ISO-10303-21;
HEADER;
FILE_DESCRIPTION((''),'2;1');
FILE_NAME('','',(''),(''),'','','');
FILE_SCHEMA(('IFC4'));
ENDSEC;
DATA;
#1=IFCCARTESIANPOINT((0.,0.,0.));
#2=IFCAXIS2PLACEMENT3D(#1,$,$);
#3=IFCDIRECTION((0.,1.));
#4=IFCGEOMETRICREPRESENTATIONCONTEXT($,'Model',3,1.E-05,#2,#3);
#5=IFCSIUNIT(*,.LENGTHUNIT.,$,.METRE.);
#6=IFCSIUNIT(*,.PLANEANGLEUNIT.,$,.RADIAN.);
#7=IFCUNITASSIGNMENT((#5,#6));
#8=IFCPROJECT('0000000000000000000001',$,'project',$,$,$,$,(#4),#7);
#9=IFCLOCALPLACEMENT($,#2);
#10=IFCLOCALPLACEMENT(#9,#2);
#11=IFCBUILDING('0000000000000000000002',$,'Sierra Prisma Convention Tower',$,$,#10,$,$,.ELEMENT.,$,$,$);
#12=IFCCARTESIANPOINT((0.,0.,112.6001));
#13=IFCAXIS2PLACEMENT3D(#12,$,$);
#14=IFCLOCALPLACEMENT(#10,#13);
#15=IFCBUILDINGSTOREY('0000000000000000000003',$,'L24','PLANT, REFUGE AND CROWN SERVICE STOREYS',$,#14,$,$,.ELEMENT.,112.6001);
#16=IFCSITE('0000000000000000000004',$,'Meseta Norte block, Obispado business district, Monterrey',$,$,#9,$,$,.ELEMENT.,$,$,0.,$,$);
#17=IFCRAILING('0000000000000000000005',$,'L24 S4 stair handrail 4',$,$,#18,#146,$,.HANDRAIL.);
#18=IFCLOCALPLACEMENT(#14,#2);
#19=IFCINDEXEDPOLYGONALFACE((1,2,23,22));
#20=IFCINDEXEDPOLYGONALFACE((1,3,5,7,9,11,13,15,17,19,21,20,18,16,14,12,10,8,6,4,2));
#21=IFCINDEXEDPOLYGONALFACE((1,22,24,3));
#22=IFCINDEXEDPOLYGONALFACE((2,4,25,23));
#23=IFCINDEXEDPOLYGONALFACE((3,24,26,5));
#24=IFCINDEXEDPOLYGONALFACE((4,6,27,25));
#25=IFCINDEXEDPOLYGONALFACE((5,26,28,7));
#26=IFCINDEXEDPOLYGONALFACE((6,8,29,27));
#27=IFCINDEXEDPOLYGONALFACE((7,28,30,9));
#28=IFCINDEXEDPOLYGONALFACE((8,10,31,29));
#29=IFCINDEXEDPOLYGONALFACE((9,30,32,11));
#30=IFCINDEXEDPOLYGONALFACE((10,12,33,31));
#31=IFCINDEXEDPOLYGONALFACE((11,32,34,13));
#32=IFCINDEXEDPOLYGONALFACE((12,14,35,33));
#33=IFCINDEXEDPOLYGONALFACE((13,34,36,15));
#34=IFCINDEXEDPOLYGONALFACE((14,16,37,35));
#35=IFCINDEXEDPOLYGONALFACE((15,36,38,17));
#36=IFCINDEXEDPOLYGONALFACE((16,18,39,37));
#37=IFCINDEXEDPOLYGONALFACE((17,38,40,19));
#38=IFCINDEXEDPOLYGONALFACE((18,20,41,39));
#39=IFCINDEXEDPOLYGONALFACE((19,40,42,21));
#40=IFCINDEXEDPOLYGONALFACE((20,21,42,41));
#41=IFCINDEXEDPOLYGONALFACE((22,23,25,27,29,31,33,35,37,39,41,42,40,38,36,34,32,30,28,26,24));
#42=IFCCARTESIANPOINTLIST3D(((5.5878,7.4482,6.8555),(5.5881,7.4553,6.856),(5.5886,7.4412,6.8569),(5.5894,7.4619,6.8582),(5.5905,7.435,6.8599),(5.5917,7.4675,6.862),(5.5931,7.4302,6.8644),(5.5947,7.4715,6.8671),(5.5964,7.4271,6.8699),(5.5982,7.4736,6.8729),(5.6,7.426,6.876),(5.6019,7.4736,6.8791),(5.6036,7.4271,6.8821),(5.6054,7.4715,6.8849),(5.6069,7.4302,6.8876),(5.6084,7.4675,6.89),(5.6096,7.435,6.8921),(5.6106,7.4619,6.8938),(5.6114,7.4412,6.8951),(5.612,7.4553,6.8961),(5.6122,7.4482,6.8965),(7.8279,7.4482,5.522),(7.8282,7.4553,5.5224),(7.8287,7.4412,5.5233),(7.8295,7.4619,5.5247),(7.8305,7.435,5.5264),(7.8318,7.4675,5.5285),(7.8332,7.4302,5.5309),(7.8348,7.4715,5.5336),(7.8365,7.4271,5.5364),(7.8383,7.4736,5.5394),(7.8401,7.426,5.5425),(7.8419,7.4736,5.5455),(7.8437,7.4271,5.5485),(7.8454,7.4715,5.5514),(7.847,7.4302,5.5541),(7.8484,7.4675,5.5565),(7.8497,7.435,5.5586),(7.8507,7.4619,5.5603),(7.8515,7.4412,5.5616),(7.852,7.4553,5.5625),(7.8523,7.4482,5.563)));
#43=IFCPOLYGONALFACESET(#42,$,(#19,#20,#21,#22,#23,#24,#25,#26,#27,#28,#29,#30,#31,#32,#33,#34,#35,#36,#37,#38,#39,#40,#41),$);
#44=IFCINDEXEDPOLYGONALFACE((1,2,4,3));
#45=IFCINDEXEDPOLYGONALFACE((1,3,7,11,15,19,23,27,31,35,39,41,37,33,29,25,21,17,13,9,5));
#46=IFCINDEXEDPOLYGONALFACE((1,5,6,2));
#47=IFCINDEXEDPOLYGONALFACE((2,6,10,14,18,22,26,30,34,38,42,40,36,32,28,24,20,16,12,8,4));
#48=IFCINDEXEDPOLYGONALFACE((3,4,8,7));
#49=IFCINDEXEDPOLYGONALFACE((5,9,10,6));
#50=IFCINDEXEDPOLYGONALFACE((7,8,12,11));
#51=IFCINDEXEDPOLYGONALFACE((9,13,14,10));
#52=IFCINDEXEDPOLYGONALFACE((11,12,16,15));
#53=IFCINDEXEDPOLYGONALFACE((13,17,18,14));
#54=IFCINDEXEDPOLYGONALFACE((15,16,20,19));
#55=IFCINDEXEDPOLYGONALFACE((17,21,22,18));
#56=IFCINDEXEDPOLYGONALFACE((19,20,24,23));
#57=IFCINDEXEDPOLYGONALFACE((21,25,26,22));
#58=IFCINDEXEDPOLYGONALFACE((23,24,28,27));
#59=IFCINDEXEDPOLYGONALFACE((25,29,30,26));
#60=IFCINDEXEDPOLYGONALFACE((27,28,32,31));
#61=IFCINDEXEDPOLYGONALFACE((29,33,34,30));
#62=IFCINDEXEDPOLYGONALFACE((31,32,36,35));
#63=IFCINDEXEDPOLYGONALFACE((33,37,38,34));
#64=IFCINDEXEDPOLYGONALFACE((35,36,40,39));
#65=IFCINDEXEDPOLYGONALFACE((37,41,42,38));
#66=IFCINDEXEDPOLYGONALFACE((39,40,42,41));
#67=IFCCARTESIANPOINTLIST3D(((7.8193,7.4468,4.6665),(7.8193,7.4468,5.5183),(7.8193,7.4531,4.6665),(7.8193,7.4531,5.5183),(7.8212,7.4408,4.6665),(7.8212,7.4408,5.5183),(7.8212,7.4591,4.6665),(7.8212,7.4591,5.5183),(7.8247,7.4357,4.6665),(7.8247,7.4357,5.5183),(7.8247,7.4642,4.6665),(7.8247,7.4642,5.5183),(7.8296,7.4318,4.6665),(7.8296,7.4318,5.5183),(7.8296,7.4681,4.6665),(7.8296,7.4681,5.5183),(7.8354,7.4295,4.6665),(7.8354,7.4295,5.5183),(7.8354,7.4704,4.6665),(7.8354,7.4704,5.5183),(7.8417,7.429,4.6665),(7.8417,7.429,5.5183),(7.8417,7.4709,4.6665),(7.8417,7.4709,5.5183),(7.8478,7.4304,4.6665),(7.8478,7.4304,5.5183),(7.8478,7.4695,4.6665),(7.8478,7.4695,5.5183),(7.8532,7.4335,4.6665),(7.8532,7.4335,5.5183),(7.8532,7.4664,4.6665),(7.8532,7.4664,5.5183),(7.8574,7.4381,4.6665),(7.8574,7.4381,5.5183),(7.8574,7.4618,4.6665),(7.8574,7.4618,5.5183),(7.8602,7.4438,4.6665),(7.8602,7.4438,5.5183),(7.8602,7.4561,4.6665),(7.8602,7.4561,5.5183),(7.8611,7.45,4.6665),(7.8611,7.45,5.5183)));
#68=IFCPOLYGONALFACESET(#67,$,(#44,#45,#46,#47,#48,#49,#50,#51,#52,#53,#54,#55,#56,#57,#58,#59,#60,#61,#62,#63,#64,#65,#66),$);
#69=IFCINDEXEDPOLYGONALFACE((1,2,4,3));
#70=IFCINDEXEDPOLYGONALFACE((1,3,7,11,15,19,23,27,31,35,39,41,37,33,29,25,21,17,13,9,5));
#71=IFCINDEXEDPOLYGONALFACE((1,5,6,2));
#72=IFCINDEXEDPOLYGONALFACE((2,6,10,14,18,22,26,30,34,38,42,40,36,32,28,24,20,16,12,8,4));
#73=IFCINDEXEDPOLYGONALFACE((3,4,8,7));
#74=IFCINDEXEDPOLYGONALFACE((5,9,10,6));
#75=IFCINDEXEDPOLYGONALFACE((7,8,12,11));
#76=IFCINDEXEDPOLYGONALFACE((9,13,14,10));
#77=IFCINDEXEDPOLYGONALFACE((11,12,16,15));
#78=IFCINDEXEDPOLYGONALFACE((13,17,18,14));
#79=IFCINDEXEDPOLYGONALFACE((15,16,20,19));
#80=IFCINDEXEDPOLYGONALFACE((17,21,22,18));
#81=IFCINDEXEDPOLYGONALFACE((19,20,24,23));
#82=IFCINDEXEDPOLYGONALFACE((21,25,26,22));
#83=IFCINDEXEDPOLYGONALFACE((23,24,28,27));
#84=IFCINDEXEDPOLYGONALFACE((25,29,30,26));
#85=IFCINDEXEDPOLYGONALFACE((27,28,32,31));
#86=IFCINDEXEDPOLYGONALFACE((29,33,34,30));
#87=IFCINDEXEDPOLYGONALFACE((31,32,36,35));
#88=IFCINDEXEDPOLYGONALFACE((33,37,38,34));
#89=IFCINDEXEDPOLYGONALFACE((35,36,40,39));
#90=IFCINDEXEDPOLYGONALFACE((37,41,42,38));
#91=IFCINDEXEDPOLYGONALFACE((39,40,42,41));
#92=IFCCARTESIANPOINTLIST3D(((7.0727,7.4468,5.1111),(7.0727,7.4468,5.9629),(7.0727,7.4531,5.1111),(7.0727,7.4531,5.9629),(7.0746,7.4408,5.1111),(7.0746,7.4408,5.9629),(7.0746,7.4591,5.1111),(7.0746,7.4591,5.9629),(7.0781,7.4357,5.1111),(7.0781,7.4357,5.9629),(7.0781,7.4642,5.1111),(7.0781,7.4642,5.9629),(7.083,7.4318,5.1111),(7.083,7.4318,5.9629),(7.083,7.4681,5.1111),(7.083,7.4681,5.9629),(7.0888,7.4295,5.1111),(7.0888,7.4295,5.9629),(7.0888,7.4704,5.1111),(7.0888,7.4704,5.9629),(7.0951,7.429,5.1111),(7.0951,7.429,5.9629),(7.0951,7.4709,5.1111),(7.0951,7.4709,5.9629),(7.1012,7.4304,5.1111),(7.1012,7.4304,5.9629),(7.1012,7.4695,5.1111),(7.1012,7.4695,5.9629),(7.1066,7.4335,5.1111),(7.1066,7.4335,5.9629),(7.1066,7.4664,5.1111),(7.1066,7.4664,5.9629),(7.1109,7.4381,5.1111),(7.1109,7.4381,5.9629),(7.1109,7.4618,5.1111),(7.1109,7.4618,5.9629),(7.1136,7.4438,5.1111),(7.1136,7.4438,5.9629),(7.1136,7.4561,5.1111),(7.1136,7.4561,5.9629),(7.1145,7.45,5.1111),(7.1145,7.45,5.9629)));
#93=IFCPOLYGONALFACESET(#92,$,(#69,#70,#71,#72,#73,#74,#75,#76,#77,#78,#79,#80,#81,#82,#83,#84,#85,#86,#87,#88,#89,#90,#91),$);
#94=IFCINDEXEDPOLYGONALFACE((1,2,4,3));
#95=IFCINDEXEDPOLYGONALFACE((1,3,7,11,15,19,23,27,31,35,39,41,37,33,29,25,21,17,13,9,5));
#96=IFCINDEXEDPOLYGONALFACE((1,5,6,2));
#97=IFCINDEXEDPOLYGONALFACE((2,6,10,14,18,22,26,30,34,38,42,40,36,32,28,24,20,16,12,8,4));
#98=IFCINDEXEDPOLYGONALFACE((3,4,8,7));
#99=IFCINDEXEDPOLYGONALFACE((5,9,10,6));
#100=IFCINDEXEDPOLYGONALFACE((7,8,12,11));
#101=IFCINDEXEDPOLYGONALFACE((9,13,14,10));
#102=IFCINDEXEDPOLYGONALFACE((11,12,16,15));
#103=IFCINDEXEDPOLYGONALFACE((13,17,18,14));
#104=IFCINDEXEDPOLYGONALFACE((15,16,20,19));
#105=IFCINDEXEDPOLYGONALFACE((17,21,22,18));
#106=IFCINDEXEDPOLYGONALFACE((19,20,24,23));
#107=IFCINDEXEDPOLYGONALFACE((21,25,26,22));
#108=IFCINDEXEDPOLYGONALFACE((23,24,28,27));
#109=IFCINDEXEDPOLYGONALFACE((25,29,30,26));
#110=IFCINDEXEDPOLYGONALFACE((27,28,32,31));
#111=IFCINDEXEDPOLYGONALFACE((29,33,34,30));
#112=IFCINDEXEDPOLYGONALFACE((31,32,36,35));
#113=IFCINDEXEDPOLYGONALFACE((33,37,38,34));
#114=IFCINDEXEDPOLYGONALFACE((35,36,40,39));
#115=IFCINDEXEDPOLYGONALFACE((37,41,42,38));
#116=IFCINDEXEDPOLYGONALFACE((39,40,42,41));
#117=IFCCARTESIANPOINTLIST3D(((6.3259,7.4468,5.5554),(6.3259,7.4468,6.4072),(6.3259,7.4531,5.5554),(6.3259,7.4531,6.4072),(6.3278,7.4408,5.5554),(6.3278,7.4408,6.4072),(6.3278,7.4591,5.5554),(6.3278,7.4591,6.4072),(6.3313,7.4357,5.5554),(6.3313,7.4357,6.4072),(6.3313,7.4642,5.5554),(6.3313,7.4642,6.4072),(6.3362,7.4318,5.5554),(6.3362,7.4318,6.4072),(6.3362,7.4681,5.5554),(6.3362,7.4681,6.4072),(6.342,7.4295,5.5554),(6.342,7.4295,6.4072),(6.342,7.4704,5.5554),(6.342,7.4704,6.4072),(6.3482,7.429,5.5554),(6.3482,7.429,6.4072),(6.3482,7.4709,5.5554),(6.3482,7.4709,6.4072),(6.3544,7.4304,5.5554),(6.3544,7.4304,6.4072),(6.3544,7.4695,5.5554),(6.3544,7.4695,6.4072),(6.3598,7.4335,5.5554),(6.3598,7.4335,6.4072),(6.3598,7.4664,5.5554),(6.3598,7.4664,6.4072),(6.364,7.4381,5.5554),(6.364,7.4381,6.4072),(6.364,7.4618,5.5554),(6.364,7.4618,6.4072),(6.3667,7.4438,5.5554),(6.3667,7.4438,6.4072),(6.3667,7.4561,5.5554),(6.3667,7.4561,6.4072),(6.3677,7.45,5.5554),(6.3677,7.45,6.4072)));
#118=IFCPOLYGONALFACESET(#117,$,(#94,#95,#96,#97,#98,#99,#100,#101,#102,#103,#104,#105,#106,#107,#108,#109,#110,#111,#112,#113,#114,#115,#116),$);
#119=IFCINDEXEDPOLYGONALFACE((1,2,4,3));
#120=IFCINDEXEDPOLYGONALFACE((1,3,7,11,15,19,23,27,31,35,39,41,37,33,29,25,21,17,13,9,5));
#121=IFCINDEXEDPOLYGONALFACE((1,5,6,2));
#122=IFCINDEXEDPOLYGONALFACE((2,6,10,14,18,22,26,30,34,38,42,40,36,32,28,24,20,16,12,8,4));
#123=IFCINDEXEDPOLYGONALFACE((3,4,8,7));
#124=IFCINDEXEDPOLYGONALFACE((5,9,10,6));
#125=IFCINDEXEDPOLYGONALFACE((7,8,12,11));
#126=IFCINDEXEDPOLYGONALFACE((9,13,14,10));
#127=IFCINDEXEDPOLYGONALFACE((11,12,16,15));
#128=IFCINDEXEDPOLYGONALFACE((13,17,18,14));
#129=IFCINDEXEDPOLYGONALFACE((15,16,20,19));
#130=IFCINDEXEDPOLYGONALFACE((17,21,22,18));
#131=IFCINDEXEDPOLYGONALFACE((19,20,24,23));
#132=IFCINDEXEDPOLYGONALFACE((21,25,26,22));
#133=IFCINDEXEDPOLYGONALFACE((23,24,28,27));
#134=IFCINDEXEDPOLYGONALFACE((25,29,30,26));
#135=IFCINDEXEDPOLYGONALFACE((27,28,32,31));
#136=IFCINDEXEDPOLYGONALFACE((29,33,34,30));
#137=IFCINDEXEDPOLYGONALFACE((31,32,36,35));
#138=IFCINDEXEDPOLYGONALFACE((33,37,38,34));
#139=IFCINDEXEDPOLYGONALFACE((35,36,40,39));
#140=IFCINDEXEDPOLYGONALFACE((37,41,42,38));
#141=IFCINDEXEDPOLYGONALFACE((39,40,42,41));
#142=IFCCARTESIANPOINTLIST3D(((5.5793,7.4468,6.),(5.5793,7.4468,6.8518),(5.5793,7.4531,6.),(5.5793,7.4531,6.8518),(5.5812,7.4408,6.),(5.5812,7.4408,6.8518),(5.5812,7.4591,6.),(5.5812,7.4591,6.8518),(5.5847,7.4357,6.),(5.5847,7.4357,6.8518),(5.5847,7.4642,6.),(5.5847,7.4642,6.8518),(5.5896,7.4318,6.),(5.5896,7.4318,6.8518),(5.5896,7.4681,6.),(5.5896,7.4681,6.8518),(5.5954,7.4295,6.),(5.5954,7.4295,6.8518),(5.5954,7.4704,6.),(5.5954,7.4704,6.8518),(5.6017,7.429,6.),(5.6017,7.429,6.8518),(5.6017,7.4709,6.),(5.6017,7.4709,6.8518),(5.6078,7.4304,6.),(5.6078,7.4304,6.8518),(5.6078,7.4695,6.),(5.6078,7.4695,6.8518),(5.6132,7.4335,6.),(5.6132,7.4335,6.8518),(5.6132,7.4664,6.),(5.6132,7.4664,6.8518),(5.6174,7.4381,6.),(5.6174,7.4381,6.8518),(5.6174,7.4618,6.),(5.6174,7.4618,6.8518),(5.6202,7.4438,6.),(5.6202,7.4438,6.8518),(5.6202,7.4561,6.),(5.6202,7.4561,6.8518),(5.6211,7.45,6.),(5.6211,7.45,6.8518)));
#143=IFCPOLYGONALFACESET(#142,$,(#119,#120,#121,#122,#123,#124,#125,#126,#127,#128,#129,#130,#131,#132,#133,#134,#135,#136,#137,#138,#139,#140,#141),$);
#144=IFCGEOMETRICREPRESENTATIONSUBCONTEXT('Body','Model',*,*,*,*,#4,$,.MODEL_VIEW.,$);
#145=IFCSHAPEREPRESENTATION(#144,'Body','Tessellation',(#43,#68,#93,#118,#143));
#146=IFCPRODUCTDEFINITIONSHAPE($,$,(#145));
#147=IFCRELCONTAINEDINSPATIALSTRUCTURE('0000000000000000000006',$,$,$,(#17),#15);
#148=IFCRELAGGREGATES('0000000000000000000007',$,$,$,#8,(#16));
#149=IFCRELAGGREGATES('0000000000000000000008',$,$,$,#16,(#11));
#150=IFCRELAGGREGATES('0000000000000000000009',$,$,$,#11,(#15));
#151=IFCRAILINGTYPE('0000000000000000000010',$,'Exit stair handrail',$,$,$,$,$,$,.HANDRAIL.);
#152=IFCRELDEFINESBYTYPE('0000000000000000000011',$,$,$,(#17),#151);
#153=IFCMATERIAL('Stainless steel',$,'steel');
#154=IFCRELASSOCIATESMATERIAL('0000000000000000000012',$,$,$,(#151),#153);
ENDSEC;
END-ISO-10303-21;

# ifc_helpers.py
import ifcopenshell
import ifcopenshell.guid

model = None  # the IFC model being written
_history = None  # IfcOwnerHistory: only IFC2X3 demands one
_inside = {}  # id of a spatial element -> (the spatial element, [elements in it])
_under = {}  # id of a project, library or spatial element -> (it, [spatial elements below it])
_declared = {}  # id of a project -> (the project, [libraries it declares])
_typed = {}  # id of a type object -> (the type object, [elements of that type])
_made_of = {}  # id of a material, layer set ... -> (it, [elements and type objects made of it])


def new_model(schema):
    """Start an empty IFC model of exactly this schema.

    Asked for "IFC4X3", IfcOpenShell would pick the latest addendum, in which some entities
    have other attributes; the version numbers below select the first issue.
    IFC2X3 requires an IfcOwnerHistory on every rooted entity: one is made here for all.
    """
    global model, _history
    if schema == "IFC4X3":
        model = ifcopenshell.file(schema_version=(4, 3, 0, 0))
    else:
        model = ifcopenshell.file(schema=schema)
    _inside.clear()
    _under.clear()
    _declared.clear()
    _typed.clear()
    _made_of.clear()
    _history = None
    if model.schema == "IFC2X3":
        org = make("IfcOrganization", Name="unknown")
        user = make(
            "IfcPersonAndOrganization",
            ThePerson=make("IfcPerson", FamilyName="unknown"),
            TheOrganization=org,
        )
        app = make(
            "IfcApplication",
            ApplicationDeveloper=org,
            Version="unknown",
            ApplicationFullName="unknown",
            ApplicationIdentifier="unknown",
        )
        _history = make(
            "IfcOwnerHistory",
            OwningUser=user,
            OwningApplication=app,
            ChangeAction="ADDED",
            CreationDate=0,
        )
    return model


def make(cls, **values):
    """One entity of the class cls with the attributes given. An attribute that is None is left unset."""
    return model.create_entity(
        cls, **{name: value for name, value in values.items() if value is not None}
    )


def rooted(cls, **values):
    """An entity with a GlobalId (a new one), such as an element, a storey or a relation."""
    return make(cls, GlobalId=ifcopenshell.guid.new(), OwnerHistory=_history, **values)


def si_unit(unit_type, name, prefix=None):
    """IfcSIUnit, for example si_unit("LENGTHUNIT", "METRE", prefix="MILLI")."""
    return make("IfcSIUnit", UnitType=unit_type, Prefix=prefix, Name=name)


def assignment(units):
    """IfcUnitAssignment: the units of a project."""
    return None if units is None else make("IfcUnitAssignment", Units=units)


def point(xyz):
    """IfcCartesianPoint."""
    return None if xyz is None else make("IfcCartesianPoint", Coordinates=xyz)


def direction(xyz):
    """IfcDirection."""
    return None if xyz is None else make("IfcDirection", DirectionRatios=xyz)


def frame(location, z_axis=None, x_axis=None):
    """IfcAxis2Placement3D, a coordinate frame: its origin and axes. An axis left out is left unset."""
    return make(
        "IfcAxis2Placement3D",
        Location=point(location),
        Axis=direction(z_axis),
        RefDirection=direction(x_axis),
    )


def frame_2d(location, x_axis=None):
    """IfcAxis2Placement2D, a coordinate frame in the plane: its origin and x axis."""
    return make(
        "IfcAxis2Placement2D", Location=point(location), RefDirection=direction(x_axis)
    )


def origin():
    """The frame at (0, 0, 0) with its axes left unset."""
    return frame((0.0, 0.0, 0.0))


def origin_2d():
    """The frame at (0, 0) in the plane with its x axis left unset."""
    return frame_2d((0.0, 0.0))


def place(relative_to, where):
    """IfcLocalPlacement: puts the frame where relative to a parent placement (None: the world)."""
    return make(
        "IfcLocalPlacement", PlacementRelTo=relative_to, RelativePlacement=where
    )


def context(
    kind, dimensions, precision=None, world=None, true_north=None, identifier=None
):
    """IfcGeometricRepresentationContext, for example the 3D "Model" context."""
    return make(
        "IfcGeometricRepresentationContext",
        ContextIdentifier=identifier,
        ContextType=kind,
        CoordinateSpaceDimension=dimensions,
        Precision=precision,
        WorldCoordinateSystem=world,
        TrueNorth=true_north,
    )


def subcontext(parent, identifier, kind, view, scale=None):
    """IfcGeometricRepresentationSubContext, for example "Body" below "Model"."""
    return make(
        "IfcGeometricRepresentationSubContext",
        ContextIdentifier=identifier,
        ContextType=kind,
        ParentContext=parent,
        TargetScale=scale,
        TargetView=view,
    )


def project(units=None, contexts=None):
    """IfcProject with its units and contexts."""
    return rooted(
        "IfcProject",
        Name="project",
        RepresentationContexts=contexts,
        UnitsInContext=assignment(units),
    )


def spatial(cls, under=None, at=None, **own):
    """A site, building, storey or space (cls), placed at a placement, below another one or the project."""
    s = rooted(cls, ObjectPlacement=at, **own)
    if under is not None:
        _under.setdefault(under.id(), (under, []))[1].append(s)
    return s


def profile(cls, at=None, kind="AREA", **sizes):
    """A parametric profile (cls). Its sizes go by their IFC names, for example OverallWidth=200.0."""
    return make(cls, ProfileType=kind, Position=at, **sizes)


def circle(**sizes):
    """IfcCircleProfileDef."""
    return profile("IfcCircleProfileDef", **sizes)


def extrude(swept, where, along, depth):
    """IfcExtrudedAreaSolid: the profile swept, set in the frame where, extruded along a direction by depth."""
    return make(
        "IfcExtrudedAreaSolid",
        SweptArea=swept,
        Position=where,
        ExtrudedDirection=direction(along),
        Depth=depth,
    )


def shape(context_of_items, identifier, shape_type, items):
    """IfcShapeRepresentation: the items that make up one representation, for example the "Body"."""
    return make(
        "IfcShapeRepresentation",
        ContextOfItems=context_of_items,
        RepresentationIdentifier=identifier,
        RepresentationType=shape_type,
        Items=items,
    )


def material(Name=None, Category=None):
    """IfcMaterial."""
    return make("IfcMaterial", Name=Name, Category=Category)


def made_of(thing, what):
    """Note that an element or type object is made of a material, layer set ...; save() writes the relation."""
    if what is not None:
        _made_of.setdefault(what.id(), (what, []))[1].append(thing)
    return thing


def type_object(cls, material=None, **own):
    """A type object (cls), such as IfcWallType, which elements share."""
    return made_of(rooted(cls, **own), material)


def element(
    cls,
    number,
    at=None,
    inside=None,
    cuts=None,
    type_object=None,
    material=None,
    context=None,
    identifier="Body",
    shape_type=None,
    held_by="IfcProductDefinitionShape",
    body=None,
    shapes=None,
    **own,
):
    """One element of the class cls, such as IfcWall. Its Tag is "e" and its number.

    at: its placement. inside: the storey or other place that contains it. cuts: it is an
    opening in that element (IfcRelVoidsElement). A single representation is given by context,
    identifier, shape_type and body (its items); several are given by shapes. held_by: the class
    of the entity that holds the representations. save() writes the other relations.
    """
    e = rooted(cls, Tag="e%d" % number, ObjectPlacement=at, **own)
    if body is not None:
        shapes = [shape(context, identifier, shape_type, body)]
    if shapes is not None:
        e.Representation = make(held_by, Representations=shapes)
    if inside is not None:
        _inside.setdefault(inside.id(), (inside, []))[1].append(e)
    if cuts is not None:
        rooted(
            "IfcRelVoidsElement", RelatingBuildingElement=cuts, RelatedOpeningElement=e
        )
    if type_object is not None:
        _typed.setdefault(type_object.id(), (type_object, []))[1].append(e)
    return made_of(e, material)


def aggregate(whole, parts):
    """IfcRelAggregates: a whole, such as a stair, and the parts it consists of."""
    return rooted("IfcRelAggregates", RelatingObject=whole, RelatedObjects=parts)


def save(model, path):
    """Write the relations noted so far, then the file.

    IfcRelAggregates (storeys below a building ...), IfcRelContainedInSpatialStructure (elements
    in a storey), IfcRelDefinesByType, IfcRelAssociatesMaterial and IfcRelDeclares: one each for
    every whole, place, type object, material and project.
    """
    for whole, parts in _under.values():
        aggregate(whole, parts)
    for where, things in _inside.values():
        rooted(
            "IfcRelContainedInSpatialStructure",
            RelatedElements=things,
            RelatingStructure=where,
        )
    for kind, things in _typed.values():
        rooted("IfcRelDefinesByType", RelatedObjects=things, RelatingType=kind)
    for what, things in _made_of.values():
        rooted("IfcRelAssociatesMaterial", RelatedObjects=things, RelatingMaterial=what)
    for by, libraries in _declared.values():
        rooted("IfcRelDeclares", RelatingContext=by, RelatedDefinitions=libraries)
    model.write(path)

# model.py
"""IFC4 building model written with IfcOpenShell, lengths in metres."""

from ifc_helpers import new_model, si_unit, direction, frame, origin, origin_2d, place, context, subcontext, project, spatial, circle, extrude, material, type_object, element, save


model = new_model("IFC4")

# Units and contexts
model_context = context("Model", 3, precision=1e-05, world=origin(), true_north=direction((0.0, 1.0)))
body_context = subcontext(model_context, "Body", "Model", "MODEL_VIEW")
ifc_project = project(units=[si_unit("LENGTHUNIT", "METRE"), si_unit("PLANEANGLEUNIT", "RADIAN")], contexts=[model_context])

# Site, building, storey
site_placement = place(None, origin())
site = spatial("IfcSite", under=ifc_project, at=site_placement, Name="Meseta Norte block, Obispado business district, Monterrey", CompositionType="ELEMENT", RefElevation=0.0)
building_placement = place(site_placement, origin())
building = spatial("IfcBuilding", under=site, at=building_placement, Name="Sierra Prisma Convention Tower", CompositionType="ELEMENT")
storey_placement = place(building_placement, frame((0.0, 0.0, 112.6001)))
storey = spatial("IfcBuildingStorey", under=building, at=storey_placement, Name="L24", Description="PLANT, REFUGE AND CROWN SERVICE STOREYS", CompositionType="ELEMENT", Elevation=112.6001)

# Railing
ifc_material_1 = material(Name="Stainless steel", Category="steel")
railing_type = type_object("IfcRailingType", Name="Exit stair handrail", PredefinedType="HANDRAIL", material=ifc_material_1)
railing_placement = place(storey_placement, frame((7.8401, 7.45, 4.6665)))
element("IfcRailing", 1, at=railing_placement, inside=storey, type_object=railing_type, Name="L24 S4 stair handrail 4", PredefinedType="HANDRAIL", context=body_context, shape_type="SweptSolid", body=[
    extrude(circle(Radius=0.0239, at=origin_2d()), frame((0.0, 0.0, 0.876), z_axis=(-0.859264, 0.0, 0.511532), x_axis=(0.0, -1.0, 0.0)), (0.0, 0.0, 1.0), 2.6069),
    extrude(circle(Radius=0.021, at=origin_2d()), origin(), (0.0, 0.0, 1.0), 0.8518),
    extrude(circle(Radius=0.021, at=origin_2d()), frame((-0.7466, 0.0, 0.4446)), (0.0, 0.0, 1.0), 0.8518),
    extrude(circle(Radius=0.021, at=origin_2d()), frame((-1.4934, 0.0, 0.8889)), (0.0, 0.0, 1.0), 0.8518),
    extrude(circle(Radius=0.021, at=origin_2d()), frame((-2.24, 0.0, 1.3335)), (0.0, 0.0, 1.0), 0.8518),
])

save(model, "model.ifc")
